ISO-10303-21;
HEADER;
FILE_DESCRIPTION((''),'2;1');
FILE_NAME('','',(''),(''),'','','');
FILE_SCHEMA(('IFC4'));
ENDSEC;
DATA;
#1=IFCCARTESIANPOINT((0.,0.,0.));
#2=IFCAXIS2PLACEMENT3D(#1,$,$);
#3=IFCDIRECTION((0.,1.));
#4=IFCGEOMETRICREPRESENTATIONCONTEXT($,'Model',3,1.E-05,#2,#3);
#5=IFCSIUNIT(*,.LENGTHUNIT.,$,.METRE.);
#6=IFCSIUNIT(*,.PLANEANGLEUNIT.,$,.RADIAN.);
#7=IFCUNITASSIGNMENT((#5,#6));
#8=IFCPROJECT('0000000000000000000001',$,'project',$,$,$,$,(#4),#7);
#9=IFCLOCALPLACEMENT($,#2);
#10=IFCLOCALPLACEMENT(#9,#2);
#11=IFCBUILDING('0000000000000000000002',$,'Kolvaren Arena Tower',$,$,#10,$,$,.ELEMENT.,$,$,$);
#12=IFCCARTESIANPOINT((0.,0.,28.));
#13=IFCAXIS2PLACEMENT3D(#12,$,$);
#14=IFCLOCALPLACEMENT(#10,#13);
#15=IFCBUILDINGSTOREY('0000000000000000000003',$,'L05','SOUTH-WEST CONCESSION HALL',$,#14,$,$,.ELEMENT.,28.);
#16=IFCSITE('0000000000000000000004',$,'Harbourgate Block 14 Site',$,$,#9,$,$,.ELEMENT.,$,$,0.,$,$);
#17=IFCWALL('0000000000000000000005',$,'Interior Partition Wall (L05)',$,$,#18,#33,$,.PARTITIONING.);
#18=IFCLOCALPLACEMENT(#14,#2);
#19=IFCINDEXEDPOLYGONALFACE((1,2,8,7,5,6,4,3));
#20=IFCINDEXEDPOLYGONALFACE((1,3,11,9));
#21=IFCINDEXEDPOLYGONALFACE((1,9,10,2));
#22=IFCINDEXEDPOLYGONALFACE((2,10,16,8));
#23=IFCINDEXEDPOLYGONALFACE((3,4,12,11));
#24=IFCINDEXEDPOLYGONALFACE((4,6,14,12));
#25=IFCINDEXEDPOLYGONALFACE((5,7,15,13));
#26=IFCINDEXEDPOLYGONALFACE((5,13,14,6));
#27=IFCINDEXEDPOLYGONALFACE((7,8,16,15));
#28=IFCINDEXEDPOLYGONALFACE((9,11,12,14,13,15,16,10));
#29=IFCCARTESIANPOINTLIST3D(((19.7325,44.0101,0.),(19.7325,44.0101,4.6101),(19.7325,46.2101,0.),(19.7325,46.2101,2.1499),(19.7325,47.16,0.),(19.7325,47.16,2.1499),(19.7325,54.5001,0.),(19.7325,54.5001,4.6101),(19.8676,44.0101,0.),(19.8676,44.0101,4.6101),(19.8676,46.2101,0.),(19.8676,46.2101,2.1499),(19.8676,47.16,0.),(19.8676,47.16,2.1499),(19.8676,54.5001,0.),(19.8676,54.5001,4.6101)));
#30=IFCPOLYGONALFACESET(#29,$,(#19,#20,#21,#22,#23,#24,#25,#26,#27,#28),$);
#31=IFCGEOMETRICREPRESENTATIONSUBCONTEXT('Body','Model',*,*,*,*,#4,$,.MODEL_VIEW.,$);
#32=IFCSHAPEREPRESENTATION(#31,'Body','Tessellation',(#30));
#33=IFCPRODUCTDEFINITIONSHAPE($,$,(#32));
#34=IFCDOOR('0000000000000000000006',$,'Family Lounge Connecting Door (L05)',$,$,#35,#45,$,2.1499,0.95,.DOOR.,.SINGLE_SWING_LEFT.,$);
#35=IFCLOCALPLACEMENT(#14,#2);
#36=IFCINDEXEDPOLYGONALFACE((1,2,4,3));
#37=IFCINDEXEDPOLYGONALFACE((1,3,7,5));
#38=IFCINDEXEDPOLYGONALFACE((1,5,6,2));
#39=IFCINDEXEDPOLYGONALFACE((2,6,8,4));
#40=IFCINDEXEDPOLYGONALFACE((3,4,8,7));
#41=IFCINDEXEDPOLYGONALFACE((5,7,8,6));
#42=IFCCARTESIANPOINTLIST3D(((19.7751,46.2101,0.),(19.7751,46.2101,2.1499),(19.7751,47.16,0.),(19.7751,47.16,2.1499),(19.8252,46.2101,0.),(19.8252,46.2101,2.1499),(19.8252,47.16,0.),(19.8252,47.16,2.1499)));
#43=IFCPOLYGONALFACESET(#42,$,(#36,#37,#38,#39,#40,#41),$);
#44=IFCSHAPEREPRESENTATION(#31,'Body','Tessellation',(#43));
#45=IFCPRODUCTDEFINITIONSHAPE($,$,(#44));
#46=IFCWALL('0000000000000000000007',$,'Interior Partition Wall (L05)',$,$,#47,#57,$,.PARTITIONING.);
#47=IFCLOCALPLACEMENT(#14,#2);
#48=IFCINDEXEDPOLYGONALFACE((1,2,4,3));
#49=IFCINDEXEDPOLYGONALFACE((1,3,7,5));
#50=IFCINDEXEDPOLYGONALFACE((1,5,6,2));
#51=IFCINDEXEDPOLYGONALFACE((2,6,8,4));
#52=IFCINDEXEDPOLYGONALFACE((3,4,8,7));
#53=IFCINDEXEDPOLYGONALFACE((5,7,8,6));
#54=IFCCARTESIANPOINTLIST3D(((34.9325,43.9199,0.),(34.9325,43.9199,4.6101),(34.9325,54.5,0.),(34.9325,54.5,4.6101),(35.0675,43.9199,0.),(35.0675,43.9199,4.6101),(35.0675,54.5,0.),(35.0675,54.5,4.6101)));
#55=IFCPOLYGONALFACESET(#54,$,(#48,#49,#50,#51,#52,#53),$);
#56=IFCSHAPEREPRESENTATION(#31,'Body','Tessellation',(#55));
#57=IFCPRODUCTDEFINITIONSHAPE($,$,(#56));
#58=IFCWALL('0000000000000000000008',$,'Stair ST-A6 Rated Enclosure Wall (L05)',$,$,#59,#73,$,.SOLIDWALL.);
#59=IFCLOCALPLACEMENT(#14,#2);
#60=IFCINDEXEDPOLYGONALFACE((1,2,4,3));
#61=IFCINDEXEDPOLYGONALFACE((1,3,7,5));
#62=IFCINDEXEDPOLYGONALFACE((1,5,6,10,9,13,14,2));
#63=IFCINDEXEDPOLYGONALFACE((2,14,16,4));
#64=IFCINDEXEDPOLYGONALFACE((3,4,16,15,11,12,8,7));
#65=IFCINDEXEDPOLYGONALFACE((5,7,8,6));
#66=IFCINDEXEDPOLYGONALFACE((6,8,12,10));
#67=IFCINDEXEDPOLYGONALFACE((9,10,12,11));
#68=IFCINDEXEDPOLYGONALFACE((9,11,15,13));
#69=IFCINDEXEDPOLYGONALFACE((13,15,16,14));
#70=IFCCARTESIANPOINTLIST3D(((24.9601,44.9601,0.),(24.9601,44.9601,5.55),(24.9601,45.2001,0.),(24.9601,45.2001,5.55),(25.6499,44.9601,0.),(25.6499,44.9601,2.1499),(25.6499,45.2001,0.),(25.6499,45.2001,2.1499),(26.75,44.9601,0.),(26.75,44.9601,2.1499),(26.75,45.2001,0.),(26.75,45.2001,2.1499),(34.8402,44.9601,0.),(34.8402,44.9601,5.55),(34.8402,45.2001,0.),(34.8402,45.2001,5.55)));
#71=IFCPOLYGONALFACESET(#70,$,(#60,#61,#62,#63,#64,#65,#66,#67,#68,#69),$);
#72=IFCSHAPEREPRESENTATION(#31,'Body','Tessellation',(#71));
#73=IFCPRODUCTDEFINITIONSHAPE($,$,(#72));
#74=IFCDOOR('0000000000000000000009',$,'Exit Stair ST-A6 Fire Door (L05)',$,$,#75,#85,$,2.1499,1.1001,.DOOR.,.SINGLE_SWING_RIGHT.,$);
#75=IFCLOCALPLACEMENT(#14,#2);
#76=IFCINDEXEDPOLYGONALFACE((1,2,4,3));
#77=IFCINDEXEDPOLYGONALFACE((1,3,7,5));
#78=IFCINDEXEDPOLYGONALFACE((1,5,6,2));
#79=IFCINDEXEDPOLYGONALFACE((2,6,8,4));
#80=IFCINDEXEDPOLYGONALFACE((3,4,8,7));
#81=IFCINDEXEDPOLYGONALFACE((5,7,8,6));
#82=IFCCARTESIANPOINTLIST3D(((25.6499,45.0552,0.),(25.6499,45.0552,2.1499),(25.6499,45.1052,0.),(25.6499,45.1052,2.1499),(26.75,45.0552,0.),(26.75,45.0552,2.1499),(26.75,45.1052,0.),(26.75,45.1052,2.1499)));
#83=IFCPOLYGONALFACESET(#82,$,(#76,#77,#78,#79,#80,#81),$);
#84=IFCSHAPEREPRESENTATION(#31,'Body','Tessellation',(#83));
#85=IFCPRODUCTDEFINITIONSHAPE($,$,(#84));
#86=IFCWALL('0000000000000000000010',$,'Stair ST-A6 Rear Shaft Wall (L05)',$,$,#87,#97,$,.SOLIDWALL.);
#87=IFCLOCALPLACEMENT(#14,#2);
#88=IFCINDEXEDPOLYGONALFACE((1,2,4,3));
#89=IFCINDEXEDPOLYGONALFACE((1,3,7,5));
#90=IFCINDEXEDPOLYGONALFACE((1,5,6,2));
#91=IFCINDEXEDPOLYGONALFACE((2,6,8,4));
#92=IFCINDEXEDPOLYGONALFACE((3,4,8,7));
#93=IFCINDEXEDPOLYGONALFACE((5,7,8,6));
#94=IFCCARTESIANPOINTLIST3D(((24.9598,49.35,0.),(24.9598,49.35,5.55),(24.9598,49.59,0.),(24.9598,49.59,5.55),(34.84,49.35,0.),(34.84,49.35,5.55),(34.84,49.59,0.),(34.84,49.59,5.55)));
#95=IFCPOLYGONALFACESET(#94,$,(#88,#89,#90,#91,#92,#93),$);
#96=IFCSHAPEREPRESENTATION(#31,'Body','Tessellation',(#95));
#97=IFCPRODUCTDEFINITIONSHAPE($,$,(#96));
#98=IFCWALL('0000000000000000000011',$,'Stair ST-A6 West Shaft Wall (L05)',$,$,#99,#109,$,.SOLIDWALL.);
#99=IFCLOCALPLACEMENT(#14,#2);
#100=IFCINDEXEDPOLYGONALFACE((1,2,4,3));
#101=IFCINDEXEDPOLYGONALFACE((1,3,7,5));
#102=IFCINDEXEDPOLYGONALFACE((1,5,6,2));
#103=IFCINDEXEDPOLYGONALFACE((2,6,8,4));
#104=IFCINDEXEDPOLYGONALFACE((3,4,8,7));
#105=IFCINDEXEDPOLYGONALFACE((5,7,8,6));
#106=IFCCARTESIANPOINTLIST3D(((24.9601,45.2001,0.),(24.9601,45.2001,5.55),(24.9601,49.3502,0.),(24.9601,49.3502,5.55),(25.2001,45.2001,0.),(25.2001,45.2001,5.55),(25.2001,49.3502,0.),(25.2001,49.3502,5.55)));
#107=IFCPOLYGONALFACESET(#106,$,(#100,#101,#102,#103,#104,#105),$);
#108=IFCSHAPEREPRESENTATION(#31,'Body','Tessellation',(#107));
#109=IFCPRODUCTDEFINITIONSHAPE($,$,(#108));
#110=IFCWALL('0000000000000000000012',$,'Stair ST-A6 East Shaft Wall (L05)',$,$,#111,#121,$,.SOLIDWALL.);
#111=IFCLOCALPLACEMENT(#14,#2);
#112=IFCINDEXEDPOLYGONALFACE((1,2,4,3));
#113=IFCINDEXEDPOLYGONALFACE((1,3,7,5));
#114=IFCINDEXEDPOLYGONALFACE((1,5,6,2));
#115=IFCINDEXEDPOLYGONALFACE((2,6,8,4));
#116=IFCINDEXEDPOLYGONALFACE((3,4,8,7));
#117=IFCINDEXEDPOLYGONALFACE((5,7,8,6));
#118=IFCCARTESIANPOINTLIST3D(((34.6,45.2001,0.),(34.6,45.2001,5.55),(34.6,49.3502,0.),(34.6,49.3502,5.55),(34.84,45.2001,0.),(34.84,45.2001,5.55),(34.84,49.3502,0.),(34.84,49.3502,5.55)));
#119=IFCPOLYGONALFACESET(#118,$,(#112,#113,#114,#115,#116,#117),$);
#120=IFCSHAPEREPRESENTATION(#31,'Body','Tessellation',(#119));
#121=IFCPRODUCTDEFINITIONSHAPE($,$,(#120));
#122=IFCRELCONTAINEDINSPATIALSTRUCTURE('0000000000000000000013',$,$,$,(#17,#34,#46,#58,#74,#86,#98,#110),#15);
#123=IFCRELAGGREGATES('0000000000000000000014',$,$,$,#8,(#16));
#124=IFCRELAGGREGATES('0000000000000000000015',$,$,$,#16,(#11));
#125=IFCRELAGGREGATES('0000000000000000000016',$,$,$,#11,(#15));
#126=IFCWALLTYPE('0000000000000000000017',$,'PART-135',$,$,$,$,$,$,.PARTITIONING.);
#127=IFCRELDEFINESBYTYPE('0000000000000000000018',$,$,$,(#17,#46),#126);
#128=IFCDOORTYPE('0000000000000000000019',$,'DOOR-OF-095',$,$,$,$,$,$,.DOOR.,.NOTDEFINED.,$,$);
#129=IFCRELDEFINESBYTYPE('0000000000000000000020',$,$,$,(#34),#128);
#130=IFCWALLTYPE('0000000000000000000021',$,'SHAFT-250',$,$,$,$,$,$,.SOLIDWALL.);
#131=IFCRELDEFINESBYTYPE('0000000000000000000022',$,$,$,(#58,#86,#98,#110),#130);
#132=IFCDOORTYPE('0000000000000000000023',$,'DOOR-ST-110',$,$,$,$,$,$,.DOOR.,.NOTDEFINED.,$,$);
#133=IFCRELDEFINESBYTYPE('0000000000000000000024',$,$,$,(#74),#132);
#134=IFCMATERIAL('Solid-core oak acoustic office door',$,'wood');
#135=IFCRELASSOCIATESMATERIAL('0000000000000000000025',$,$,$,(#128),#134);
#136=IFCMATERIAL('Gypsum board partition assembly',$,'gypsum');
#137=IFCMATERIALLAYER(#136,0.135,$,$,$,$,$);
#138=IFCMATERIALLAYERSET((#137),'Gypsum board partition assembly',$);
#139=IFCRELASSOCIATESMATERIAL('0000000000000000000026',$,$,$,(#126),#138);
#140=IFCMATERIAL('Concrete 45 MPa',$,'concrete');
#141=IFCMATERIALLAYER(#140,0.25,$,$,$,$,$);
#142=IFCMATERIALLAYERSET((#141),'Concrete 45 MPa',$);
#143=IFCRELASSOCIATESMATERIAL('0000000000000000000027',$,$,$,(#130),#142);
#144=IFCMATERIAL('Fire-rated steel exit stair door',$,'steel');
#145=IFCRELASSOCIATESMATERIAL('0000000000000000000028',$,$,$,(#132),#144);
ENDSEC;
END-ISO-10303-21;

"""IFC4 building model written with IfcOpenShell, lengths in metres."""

from ifc_helpers import new_model, si_unit, direction, frame, frame_2d, origin, place, context, subcontext, project, spatial, rectangle, extrude, material, layer, layer_set, type_object, element, fill, save


model = new_model("IFC4")

# Units and contexts
model_context = context("Model", 3, precision=1e-05, world=origin(), true_north=direction((0.0, 1.0)))
body_context = subcontext(model_context, "Body", "Model", "MODEL_VIEW")
ifc_project = project(units=[si_unit("LENGTHUNIT", "METRE"), si_unit("PLANEANGLEUNIT", "RADIAN")], contexts=[model_context])

# Site, building, storey
site_placement = place(None, origin())
site = spatial("IfcSite", under=ifc_project, at=site_placement, Name="Harbourgate Block 14 Site", CompositionType="ELEMENT", RefElevation=0.0)
building_placement = place(site_placement, origin())
building = spatial("IfcBuilding", under=site, at=building_placement, Name="Kolvaren Arena Tower", CompositionType="ELEMENT")
storey_placement = place(building_placement, frame((0.0, 0.0, 28.0)))
storey = spatial("IfcBuildingStorey", under=building, at=storey_placement, Name="L05", Description="SOUTH-WEST CONCESSION HALL", CompositionType="ELEMENT", Elevation=28.0)

# Wall, opening, door
ifc_material_1 = material(Name="Solid-core oak acoustic office door", Category="wood")
door_type_1 = type_object("IfcDoorType", Name="DOOR-OF-095", OperationType="NOTDEFINED", PredefinedType="DOOR", material=ifc_material_1)
ifc_material_2 = material(Name="Gypsum board partition assembly", Category="gypsum")
ifc_layer_1 = layer(ifc_material_2, 0.135)
ifc_layer_set_1 = layer_set([ifc_layer_1], Name="Gypsum board partition assembly")
wall_type_1 = type_object("IfcWallType", Name="PART-135", PredefinedType="PARTITIONING", material=ifc_layer_set_1)
wall_1_placement = place(storey_placement, frame((19.8, 44.01, 0.0), z_axis=(0.0, 0.0, 1.0), x_axis=(0.0, 1.0, 0.0)))
wall_1 = element("IfcWall", 1, at=wall_1_placement, inside=storey, type_object=wall_type_1, Name="Interior Partition Wall (L05)", PredefinedType="PARTITIONING", context=body_context, shape_type="SweptSolid", body=[
    extrude(rectangle(XDim=10.49, YDim=0.135, at=frame_2d((5.2451, 0.0))), origin(), (0.0, 0.0, 1.0), 4.6101),
])
opening_1_placement = place(wall_1_placement, frame((2.2, 0.0, 0.0)))
opening_1 = element("IfcOpeningElement", 2, at=opening_1_placement, cuts=wall_1, PredefinedType="OPENING", context=body_context, shape_type="SweptSolid", body=[
    extrude(rectangle(XDim=0.95, YDim=2.1499, at=frame_2d((0.4751, 1.075))), frame((0.0, 0.0774, 0.0), z_axis=(0.0, -1.0, 0.0), x_axis=(1.0, 0.0, 0.0)), (0.0, 0.0, 1.0), 0.155),
])
door_1_placement = place(opening_1_placement, origin())
door_1 = element("IfcDoor", 3, at=door_1_placement, inside=storey, type_object=door_type_1, Name="Family Lounge Connecting Door (L05)", OperationType="SINGLE_SWING_LEFT", OverallHeight=2.1499, OverallWidth=0.95, PredefinedType="DOOR", context=body_context, shape_type="SweptSolid", body=[
    extrude(rectangle(XDim=0.95, YDim=2.1499, at=frame_2d((0.4751, 1.075))), frame((0.0, 0.0249, 0.0), z_axis=(0.0, -1.0, 0.0), x_axis=(1.0, 0.0, 0.0)), (0.0, 0.0, 1.0), 0.05),
])
fill(opening_1, door_1)

# Wall
wall_2_placement = place(storey_placement, frame((35.0, 43.9199, 0.0), z_axis=(0.0, 0.0, 1.0), x_axis=(0.0, 1.0, 0.0)))
element("IfcWall", 4, at=wall_2_placement, inside=storey, type_object=wall_type_1, Name="Interior Partition Wall (L05)", PredefinedType="PARTITIONING", context=body_context, shape_type="SweptSolid", body=[
    extrude(rectangle(XDim=10.5801, YDim=0.135, at=frame_2d((5.29, 0.0))), origin(), (0.0, 0.0, 1.0), 4.6101),
])

# Wall, opening, door
ifc_material_3 = material(Name="Concrete 45 MPa", Category="concrete")
ifc_layer_2 = layer(ifc_material_3, 0.25)
ifc_layer_set_2 = layer_set([ifc_layer_2], Name="Concrete 45 MPa")
wall_type_2 = type_object("IfcWallType", Name="SHAFT-250", PredefinedType="SOLIDWALL", material=ifc_layer_set_2)
wall_3_placement = place(storey_placement, frame((34.8401, 45.0801, 0.0), z_axis=(0.0, 0.0, 1.0), x_axis=(-1.0, 0.0, 0.0)))
wall_3 = element("IfcWall", 5, at=wall_3_placement, inside=storey, type_object=wall_type_2, Name="Stair ST-A6 Rated Enclosure Wall (L05)", PredefinedType="SOLIDWALL", context=body_context, shape_type="SweptSolid", body=[
    extrude(rectangle(XDim=9.8801, YDim=0.24, at=frame_2d((4.9399, 0.0))), origin(), (0.0, 0.0, 1.0), 5.55),
])
opening_2_placement = place(wall_3_placement, frame((8.0901, 0.0, 0.0)))
opening_2 = element("IfcOpeningElement", 6, at=opening_2_placement, cuts=wall_3, PredefinedType="OPENING", context=body_context, shape_type="SweptSolid", body=[
    extrude(rectangle(XDim=1.1001, YDim=2.1499, at=frame_2d((0.55, 1.075))), frame((0.0, 0.1299, 0.0), z_axis=(0.0, -1.0, 0.0), x_axis=(1.0, 0.0, 0.0)), (0.0, 0.0, 1.0), 0.26),
])
ifc_material_4 = material(Name="Fire-rated steel exit stair door", Category="steel")
door_type_2 = type_object("IfcDoorType", Name="DOOR-ST-110", OperationType="NOTDEFINED", PredefinedType="DOOR", material=ifc_material_4)
door_2_placement = place(opening_2_placement, origin())
door_2 = element("IfcDoor", 7, at=door_2_placement, inside=storey, type_object=door_type_2, Name="Exit Stair ST-A6 Fire Door (L05)", OperationType="SINGLE_SWING_RIGHT", OverallHeight=2.1499, OverallWidth=1.1001, PredefinedType="DOOR", context=body_context, shape_type="SweptSolid", body=[
    extrude(rectangle(XDim=1.1001, YDim=2.1499, at=frame_2d((0.55, 1.075))), frame((0.0, 0.0249, 0.0), z_axis=(0.0, -1.0, 0.0), x_axis=(1.0, 0.0, 0.0)), (0.0, 0.0, 1.0), 0.05),
])
fill(opening_2, door_2)

# Walls
wall_4_placement = place(storey_placement, frame((24.96, 49.47, 0.0), z_axis=(0.0, 0.0, 1.0), x_axis=(1.0, 0.0, 0.0)))
element("IfcWall", 8, at=wall_4_placement, inside=storey, type_object=wall_type_2, Name="Stair ST-A6 Rear Shaft Wall (L05)", PredefinedType="SOLIDWALL", context=body_context, shape_type="SweptSolid", body=[
    extrude(rectangle(XDim=9.8801, YDim=0.24, at=frame_2d((4.9399, 0.0))), origin(), (0.0, 0.0, 1.0), 5.55),
])
for number, where, z_axis, x_axis, name in (
    (9, (25.0801, 45.2, 0.0), (0.0, 0.0, 1.0), (0.0, 1.0, 0.0), "Stair ST-A6 West Shaft Wall (L05)"),
    (10, (34.72, 45.2, 0.0), (0.0, 0.0, 1.0), (0.0, 1.0, 0.0), "Stair ST-A6 East Shaft Wall (L05)"),
):
    element("IfcWall", number, at=place(storey_placement, frame(where, z_axis=z_axis, x_axis=x_axis)), inside=storey, type_object=wall_type_2, Name=name, PredefinedType="SOLIDWALL", context=body_context, shape_type="SweptSolid", body=[
        extrude(rectangle(XDim=4.1501, YDim=0.24, at=frame_2d((2.0752, 0.0))), origin(), (0.0, 0.0, 1.0), 5.55),
    ])

save(model, "model.ifc")
